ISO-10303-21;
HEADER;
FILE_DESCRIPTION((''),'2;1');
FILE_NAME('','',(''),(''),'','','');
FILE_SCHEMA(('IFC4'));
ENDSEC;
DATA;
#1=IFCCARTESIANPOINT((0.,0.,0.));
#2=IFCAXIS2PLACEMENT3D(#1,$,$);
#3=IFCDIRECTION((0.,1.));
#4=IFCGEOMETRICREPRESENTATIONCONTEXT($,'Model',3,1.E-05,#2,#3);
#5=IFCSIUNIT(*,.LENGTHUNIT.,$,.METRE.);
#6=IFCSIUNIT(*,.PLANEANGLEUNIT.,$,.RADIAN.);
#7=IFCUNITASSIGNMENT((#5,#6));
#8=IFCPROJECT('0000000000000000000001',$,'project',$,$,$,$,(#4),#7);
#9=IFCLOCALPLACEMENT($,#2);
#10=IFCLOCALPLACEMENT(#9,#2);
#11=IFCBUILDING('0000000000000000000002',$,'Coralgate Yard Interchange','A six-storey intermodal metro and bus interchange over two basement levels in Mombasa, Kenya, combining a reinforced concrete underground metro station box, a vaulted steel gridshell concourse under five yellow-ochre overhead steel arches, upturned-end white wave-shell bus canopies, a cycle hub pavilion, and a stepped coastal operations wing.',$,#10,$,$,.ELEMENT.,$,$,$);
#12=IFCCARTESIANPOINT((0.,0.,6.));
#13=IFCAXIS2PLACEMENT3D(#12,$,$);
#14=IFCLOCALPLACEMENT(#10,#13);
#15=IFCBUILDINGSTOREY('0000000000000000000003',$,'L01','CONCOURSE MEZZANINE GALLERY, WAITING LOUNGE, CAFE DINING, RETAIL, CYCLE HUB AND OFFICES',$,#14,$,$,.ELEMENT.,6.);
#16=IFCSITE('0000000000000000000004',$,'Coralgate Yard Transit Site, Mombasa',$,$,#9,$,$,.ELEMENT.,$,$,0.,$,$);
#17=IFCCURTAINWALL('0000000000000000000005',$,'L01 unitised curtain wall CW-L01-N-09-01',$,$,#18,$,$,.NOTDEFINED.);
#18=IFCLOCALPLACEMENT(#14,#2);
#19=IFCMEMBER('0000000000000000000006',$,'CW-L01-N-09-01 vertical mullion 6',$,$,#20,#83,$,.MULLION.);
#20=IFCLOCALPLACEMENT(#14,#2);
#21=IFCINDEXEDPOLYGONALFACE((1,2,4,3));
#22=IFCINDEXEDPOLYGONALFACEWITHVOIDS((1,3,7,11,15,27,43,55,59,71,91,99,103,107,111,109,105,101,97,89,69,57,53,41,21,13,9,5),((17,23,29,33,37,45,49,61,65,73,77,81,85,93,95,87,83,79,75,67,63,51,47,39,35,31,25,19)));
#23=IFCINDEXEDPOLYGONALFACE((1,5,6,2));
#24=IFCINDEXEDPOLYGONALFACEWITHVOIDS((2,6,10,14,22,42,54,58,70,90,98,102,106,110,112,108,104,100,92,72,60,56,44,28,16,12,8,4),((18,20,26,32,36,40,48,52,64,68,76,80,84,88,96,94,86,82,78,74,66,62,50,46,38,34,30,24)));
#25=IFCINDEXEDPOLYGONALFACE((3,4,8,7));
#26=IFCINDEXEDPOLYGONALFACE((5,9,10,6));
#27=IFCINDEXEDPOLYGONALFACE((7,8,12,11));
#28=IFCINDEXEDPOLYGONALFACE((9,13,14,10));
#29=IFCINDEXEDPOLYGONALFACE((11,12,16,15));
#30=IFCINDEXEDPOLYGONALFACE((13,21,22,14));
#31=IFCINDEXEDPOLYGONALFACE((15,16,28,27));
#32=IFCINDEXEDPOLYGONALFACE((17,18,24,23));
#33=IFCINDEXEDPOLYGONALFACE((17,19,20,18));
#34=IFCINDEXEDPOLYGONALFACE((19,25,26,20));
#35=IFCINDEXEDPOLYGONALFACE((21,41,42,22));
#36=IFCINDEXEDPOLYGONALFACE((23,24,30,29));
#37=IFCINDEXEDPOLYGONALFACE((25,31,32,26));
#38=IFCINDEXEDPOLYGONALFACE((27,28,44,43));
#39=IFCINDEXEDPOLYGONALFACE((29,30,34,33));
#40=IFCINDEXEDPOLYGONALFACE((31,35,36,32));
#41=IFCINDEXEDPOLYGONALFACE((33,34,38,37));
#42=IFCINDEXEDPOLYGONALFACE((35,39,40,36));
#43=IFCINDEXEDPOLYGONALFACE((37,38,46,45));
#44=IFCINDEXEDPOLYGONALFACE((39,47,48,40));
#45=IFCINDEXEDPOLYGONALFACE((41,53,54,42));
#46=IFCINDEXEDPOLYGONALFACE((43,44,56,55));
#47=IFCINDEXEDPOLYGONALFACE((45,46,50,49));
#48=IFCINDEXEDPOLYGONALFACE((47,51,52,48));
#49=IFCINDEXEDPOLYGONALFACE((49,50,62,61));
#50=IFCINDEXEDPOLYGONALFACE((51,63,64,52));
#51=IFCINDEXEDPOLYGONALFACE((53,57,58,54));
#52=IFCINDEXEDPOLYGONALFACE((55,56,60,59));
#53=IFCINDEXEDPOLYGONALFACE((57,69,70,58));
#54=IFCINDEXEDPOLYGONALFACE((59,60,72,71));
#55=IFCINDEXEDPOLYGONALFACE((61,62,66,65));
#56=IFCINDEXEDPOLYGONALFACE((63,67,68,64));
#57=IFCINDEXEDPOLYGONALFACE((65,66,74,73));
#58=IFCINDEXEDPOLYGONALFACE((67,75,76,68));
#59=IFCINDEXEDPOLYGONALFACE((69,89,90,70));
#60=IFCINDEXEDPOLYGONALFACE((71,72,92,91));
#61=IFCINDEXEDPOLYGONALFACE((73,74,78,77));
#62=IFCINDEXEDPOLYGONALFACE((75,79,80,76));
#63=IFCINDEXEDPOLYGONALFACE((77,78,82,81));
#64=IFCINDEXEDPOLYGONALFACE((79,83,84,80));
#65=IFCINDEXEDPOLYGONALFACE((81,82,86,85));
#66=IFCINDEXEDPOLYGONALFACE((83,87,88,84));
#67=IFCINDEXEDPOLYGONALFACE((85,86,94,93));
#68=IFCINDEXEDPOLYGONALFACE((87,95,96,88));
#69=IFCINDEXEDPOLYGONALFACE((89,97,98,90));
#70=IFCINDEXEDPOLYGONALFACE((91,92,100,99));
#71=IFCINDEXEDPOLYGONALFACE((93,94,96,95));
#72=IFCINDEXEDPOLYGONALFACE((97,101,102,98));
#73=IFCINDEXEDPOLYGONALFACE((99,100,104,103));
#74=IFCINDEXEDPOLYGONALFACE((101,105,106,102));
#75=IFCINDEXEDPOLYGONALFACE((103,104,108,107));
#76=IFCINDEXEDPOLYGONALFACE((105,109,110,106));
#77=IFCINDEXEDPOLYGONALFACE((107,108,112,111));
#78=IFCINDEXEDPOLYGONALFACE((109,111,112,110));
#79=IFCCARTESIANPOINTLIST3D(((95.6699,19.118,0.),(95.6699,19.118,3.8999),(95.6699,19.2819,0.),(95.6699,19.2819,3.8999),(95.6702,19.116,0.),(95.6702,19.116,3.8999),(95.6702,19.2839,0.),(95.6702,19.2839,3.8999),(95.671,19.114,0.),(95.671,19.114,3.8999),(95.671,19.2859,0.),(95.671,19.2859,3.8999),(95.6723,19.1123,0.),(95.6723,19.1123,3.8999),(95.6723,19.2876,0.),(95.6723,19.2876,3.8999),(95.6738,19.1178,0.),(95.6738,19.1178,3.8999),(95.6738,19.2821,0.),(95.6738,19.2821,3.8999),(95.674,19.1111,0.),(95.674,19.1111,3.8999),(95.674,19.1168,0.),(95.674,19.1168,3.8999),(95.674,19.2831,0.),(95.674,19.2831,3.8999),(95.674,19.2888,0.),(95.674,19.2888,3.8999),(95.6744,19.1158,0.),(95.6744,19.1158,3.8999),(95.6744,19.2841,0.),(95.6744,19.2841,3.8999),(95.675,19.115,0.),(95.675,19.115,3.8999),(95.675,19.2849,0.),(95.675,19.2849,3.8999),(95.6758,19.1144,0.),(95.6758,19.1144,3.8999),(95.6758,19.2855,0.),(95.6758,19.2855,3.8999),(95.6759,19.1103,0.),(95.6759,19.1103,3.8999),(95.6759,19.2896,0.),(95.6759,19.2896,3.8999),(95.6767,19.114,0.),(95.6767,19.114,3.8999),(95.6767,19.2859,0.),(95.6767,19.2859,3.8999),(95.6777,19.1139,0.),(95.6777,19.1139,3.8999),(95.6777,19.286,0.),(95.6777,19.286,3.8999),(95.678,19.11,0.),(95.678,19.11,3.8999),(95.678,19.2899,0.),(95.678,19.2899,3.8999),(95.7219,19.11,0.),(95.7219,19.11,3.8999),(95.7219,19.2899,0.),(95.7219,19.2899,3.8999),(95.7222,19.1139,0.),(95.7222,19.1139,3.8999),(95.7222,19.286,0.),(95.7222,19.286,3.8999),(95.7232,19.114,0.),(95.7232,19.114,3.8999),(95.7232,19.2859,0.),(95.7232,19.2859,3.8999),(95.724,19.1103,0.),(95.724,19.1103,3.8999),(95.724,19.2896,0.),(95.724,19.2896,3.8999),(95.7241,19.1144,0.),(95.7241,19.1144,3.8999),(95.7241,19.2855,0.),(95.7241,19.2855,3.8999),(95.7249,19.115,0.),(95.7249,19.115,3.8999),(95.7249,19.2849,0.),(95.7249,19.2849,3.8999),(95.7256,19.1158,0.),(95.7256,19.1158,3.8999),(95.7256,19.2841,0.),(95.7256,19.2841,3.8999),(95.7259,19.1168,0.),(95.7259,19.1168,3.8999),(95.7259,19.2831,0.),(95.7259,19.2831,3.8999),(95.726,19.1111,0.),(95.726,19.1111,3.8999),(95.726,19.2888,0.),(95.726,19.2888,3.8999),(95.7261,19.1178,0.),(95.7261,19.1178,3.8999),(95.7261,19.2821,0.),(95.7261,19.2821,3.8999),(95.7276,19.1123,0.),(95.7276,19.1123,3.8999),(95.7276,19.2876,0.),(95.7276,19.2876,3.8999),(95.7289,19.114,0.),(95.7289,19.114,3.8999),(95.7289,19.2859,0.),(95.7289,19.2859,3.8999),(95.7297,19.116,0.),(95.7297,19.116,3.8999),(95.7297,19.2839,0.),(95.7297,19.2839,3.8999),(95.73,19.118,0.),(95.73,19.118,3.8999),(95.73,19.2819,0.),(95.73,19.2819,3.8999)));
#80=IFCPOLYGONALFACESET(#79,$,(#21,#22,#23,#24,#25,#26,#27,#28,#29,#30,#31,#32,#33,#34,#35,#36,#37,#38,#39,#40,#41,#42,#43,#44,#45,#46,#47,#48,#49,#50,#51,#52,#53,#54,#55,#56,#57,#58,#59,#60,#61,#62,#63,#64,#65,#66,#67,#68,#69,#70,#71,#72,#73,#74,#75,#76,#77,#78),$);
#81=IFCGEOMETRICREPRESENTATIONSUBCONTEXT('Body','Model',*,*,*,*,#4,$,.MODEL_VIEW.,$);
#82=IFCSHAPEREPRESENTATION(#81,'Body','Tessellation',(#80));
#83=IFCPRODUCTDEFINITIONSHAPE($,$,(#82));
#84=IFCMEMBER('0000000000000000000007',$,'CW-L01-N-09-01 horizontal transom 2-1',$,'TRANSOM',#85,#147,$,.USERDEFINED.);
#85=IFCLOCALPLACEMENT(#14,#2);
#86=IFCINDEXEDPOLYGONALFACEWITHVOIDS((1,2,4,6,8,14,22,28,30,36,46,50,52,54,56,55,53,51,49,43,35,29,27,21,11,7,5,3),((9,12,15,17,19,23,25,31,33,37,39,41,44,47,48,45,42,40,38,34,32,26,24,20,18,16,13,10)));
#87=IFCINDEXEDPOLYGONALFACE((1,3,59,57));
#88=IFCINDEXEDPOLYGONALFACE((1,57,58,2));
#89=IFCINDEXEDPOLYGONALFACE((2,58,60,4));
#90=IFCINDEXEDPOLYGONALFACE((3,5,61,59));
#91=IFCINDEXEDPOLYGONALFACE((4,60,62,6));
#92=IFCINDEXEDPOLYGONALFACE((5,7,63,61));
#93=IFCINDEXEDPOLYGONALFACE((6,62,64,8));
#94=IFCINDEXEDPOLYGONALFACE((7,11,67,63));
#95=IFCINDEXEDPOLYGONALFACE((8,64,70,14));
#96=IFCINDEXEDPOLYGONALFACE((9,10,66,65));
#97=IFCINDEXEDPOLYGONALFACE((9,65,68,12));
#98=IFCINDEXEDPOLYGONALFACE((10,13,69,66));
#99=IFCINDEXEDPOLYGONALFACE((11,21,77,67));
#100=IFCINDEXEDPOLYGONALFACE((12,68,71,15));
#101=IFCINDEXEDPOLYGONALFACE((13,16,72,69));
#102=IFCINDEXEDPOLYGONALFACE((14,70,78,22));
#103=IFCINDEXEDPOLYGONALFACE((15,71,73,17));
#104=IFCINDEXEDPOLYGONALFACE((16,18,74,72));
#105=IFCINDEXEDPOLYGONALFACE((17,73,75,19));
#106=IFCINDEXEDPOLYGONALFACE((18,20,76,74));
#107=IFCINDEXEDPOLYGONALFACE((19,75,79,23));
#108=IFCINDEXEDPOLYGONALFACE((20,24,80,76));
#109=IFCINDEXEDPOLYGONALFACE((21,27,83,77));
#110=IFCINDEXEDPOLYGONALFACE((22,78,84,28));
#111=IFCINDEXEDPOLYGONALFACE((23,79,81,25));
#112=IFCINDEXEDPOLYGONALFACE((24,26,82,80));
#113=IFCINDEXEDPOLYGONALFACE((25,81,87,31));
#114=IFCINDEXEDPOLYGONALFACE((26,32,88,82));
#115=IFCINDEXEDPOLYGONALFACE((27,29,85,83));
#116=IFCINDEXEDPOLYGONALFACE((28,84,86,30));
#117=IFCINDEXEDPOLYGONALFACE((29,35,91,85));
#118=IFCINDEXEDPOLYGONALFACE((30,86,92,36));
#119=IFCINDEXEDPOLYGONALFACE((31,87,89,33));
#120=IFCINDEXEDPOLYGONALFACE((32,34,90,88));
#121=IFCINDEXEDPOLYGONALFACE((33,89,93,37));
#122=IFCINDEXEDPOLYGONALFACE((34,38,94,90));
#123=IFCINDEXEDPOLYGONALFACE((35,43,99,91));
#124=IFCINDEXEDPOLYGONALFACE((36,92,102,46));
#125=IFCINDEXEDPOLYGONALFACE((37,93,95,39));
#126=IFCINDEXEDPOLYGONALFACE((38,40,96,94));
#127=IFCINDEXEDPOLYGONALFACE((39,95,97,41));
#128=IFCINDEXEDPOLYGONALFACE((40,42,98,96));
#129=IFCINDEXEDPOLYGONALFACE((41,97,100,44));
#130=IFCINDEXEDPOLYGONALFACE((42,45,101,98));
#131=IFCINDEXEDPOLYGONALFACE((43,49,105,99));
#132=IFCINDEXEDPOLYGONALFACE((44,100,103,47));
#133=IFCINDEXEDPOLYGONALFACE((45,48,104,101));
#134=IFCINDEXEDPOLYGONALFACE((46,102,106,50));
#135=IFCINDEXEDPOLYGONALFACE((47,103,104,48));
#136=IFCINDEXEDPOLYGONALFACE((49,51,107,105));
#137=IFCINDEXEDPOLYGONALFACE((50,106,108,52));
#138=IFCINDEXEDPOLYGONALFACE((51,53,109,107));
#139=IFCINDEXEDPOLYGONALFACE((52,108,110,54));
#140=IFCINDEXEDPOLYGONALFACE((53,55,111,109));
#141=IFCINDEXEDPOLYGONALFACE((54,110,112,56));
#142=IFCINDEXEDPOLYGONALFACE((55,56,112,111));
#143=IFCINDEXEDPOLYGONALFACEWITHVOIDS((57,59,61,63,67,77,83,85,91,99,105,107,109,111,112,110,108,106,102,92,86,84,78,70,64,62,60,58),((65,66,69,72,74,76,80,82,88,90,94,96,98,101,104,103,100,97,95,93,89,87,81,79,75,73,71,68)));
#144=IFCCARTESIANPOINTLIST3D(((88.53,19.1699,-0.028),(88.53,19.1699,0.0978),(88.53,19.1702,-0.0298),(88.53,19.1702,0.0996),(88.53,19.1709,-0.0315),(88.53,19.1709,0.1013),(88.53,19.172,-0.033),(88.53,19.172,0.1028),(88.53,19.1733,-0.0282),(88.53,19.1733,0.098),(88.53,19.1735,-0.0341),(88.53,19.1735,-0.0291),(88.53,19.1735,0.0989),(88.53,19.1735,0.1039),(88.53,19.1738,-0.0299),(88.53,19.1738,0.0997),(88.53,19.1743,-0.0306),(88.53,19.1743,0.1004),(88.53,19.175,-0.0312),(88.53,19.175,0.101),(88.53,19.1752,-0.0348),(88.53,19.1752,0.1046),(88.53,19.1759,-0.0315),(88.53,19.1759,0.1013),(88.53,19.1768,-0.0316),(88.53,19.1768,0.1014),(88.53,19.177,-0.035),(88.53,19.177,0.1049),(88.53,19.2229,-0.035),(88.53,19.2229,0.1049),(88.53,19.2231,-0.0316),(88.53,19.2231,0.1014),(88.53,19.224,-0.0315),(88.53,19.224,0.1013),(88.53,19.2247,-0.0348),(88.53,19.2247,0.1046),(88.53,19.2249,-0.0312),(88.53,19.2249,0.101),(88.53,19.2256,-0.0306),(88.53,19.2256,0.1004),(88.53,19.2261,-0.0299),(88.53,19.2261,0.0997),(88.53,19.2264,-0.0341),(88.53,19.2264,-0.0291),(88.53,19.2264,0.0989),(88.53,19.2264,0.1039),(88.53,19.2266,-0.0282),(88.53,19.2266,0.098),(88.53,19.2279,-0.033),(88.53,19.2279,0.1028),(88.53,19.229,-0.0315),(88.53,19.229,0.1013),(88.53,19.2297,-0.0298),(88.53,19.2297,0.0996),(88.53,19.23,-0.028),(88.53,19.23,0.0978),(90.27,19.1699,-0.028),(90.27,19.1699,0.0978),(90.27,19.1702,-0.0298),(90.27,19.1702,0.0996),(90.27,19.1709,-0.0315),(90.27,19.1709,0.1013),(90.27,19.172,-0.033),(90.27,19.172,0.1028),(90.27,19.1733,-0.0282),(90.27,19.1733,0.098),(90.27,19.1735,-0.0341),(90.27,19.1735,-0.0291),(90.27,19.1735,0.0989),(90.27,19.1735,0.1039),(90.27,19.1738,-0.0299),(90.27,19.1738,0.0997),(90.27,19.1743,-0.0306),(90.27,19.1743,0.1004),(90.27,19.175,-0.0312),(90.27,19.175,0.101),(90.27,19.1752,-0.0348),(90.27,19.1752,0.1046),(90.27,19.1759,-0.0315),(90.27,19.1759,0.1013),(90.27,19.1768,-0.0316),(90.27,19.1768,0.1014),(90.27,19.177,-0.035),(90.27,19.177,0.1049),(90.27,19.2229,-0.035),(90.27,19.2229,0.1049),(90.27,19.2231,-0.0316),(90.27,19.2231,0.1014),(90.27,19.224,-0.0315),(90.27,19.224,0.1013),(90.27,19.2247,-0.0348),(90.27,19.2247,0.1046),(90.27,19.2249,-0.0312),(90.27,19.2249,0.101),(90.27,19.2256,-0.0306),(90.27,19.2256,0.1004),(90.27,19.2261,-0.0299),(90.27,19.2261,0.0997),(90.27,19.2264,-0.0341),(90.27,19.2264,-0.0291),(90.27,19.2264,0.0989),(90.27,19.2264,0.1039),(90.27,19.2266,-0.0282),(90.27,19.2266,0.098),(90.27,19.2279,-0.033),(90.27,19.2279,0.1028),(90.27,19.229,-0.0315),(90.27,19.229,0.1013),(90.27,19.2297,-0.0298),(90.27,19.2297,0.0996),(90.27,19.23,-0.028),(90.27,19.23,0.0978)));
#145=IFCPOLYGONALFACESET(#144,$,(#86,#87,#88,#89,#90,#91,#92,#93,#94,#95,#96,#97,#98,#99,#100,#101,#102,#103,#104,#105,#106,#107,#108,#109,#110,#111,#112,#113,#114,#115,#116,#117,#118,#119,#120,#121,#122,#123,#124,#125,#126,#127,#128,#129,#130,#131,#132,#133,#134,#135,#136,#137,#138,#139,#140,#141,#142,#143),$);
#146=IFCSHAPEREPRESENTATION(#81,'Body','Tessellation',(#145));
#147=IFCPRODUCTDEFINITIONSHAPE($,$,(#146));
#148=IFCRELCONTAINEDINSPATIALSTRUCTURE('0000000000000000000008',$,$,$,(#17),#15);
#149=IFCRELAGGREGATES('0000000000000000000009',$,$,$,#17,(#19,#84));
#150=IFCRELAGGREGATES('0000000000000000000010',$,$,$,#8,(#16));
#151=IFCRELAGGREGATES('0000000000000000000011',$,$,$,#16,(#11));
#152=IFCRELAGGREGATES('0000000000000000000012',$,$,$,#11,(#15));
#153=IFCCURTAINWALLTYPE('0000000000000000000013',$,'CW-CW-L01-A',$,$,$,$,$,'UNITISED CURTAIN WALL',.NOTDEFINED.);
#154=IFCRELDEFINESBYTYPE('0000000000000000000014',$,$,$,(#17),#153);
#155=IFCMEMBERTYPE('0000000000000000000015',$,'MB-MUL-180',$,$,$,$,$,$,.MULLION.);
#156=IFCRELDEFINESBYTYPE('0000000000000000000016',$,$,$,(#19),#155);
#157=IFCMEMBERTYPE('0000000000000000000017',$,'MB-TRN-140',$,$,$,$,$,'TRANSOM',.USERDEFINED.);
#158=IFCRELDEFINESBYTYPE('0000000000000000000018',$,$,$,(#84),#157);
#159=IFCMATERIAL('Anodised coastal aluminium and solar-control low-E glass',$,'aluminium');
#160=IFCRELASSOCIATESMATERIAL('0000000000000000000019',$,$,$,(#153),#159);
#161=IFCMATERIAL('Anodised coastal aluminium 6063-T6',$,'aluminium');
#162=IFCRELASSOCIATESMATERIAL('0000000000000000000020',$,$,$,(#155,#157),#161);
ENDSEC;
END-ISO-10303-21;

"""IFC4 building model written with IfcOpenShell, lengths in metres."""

from ifc_helpers import new_model, si_unit, direction, frame, origin, origin_2d, place, context, subcontext, project, spatial, hollow_rectangle, extrude, material, material_profile, profile_set, type_object, element, aggregate, save


model = new_model("IFC4")

# Units and contexts
model_context = context("Model", 3, precision=1e-05, world=origin(), true_north=direction((0.0, 1.0)))
body_context = subcontext(model_context, "Body", "Model", "MODEL_VIEW")
ifc_project = project(units=[si_unit("LENGTHUNIT", "METRE"), si_unit("PLANEANGLEUNIT", "RADIAN")], contexts=[model_context])

# Site, building, storey
site_placement = place(None, origin())
site = spatial("IfcSite", under=ifc_project, at=site_placement, Name="Coralgate Yard Transit Site, Mombasa", CompositionType="ELEMENT", RefElevation=0.0)
building_placement = place(site_placement, origin())
building = spatial("IfcBuilding", under=site, at=building_placement, Name="Coralgate Yard Interchange", Description="A six-storey intermodal metro and bus interchange over two basement levels in Mombasa, Kenya, combining a reinforced concrete underground metro station box, a vaulted steel gridshell concourse under five yellow-ochre overhead steel arches, upturned-end white wave-shell bus canopies, a cycle hub pavilion, and a stepped coastal operations wing.", CompositionType="ELEMENT")
storey_placement = place(building_placement, frame((0.0, 0.0, 6.0)))
storey = spatial("IfcBuildingStorey", under=building, at=storey_placement, Name="L01", Description="CONCOURSE MEZZANINE GALLERY, WAITING LOUNGE, CAFE DINING, RETAIL, CYCLE HUB AND OFFICES", CompositionType="ELEMENT", Elevation=6.0)

# Curtain wall, members
ifc_material_1 = material(Name="Anodised coastal aluminium and solar-control low-E glass", Category="aluminium")
curtain_wall_type = type_object("IfcCurtainWallType", Name="CW-CW-L01-A", ElementType="UNITISED CURTAIN WALL", PredefinedType="NOTDEFINED", material=ifc_material_1)
curtain_wall_placement = place(storey_placement, origin())
curtain_wall = element("IfcCurtainWall", 1, at=curtain_wall_placement, inside=storey, type_object=curtain_wall_type, Name="L01 unitised curtain wall CW-L01-N-09-01", PredefinedType="NOTDEFINED")
ifc_material_2 = material(Name="Anodised coastal aluminium 6063-T6", Category="aluminium")
ifc_material_profile_1 = material_profile(ifc_material_2, hollow_rectangle(XDim=0.0601, YDim=0.1799, WallThickness=0.0039, InnerFilletRadius=0.0039, OuterFilletRadius=0.0081, at=origin_2d()), Name="ALU 60x180x4")
ifc_profile_set_1 = profile_set([ifc_material_profile_1], Name="Anodised coastal aluminium 6063-T6")
member_type_1 = type_object("IfcMemberType", Name="MB-MUL-180", PredefinedType="MULLION", material=ifc_profile_set_1)
member_1_placement = place(storey_placement, frame((95.7, 19.2, 0.0), z_axis=(0.0, 0.0, 1.0), x_axis=(1.0, 0.0, 0.0)))
member_1 = element("IfcMember", 2, at=member_1_placement, type_object=member_type_1, Name="CW-L01-N-09-01 vertical mullion 6", PredefinedType="MULLION", context=body_context, shape_type="SweptSolid", body=[
    extrude(hollow_rectangle(XDim=0.0601, YDim=0.1799, WallThickness=0.0039, InnerFilletRadius=0.0039, OuterFilletRadius=0.0081, at=origin_2d()), origin(), (0.0, 0.0, 1.0), 3.8999),
])
ifc_material_profile_2 = material_profile(ifc_material_2, hollow_rectangle(XDim=0.0601, YDim=0.1399, WallThickness=0.0034, InnerFilletRadius=0.0034, OuterFilletRadius=0.0071, at=origin_2d()), Name="ALU 60x140x3.5")
ifc_profile_set_2 = profile_set([ifc_material_profile_2], Name="Anodised coastal aluminium 6063-T6")
member_type_2 = type_object("IfcMemberType", Name="MB-TRN-140", ElementType="TRANSOM", PredefinedType="USERDEFINED", material=ifc_profile_set_2)
member_2_placement = place(storey_placement, frame((88.53, 19.2, 0.0349), z_axis=(1.0, 0.0, 0.0), x_axis=(0.0, 1.0, 0.0)))
member_2 = element("IfcMember", 3, at=member_2_placement, type_object=member_type_2, Name="CW-L01-N-09-01 horizontal transom 2-1", ObjectType="TRANSOM", PredefinedType="USERDEFINED", context=body_context, shape_type="SweptSolid", body=[
    extrude(hollow_rectangle(XDim=0.0601, YDim=0.1399, WallThickness=0.0034, InnerFilletRadius=0.0034, OuterFilletRadius=0.0071, at=origin_2d()), origin(), (0.0, 0.0, 1.0), 1.74),
])
aggregate(curtain_wall, [member_1, member_2])

save(model, "model.ifc")
